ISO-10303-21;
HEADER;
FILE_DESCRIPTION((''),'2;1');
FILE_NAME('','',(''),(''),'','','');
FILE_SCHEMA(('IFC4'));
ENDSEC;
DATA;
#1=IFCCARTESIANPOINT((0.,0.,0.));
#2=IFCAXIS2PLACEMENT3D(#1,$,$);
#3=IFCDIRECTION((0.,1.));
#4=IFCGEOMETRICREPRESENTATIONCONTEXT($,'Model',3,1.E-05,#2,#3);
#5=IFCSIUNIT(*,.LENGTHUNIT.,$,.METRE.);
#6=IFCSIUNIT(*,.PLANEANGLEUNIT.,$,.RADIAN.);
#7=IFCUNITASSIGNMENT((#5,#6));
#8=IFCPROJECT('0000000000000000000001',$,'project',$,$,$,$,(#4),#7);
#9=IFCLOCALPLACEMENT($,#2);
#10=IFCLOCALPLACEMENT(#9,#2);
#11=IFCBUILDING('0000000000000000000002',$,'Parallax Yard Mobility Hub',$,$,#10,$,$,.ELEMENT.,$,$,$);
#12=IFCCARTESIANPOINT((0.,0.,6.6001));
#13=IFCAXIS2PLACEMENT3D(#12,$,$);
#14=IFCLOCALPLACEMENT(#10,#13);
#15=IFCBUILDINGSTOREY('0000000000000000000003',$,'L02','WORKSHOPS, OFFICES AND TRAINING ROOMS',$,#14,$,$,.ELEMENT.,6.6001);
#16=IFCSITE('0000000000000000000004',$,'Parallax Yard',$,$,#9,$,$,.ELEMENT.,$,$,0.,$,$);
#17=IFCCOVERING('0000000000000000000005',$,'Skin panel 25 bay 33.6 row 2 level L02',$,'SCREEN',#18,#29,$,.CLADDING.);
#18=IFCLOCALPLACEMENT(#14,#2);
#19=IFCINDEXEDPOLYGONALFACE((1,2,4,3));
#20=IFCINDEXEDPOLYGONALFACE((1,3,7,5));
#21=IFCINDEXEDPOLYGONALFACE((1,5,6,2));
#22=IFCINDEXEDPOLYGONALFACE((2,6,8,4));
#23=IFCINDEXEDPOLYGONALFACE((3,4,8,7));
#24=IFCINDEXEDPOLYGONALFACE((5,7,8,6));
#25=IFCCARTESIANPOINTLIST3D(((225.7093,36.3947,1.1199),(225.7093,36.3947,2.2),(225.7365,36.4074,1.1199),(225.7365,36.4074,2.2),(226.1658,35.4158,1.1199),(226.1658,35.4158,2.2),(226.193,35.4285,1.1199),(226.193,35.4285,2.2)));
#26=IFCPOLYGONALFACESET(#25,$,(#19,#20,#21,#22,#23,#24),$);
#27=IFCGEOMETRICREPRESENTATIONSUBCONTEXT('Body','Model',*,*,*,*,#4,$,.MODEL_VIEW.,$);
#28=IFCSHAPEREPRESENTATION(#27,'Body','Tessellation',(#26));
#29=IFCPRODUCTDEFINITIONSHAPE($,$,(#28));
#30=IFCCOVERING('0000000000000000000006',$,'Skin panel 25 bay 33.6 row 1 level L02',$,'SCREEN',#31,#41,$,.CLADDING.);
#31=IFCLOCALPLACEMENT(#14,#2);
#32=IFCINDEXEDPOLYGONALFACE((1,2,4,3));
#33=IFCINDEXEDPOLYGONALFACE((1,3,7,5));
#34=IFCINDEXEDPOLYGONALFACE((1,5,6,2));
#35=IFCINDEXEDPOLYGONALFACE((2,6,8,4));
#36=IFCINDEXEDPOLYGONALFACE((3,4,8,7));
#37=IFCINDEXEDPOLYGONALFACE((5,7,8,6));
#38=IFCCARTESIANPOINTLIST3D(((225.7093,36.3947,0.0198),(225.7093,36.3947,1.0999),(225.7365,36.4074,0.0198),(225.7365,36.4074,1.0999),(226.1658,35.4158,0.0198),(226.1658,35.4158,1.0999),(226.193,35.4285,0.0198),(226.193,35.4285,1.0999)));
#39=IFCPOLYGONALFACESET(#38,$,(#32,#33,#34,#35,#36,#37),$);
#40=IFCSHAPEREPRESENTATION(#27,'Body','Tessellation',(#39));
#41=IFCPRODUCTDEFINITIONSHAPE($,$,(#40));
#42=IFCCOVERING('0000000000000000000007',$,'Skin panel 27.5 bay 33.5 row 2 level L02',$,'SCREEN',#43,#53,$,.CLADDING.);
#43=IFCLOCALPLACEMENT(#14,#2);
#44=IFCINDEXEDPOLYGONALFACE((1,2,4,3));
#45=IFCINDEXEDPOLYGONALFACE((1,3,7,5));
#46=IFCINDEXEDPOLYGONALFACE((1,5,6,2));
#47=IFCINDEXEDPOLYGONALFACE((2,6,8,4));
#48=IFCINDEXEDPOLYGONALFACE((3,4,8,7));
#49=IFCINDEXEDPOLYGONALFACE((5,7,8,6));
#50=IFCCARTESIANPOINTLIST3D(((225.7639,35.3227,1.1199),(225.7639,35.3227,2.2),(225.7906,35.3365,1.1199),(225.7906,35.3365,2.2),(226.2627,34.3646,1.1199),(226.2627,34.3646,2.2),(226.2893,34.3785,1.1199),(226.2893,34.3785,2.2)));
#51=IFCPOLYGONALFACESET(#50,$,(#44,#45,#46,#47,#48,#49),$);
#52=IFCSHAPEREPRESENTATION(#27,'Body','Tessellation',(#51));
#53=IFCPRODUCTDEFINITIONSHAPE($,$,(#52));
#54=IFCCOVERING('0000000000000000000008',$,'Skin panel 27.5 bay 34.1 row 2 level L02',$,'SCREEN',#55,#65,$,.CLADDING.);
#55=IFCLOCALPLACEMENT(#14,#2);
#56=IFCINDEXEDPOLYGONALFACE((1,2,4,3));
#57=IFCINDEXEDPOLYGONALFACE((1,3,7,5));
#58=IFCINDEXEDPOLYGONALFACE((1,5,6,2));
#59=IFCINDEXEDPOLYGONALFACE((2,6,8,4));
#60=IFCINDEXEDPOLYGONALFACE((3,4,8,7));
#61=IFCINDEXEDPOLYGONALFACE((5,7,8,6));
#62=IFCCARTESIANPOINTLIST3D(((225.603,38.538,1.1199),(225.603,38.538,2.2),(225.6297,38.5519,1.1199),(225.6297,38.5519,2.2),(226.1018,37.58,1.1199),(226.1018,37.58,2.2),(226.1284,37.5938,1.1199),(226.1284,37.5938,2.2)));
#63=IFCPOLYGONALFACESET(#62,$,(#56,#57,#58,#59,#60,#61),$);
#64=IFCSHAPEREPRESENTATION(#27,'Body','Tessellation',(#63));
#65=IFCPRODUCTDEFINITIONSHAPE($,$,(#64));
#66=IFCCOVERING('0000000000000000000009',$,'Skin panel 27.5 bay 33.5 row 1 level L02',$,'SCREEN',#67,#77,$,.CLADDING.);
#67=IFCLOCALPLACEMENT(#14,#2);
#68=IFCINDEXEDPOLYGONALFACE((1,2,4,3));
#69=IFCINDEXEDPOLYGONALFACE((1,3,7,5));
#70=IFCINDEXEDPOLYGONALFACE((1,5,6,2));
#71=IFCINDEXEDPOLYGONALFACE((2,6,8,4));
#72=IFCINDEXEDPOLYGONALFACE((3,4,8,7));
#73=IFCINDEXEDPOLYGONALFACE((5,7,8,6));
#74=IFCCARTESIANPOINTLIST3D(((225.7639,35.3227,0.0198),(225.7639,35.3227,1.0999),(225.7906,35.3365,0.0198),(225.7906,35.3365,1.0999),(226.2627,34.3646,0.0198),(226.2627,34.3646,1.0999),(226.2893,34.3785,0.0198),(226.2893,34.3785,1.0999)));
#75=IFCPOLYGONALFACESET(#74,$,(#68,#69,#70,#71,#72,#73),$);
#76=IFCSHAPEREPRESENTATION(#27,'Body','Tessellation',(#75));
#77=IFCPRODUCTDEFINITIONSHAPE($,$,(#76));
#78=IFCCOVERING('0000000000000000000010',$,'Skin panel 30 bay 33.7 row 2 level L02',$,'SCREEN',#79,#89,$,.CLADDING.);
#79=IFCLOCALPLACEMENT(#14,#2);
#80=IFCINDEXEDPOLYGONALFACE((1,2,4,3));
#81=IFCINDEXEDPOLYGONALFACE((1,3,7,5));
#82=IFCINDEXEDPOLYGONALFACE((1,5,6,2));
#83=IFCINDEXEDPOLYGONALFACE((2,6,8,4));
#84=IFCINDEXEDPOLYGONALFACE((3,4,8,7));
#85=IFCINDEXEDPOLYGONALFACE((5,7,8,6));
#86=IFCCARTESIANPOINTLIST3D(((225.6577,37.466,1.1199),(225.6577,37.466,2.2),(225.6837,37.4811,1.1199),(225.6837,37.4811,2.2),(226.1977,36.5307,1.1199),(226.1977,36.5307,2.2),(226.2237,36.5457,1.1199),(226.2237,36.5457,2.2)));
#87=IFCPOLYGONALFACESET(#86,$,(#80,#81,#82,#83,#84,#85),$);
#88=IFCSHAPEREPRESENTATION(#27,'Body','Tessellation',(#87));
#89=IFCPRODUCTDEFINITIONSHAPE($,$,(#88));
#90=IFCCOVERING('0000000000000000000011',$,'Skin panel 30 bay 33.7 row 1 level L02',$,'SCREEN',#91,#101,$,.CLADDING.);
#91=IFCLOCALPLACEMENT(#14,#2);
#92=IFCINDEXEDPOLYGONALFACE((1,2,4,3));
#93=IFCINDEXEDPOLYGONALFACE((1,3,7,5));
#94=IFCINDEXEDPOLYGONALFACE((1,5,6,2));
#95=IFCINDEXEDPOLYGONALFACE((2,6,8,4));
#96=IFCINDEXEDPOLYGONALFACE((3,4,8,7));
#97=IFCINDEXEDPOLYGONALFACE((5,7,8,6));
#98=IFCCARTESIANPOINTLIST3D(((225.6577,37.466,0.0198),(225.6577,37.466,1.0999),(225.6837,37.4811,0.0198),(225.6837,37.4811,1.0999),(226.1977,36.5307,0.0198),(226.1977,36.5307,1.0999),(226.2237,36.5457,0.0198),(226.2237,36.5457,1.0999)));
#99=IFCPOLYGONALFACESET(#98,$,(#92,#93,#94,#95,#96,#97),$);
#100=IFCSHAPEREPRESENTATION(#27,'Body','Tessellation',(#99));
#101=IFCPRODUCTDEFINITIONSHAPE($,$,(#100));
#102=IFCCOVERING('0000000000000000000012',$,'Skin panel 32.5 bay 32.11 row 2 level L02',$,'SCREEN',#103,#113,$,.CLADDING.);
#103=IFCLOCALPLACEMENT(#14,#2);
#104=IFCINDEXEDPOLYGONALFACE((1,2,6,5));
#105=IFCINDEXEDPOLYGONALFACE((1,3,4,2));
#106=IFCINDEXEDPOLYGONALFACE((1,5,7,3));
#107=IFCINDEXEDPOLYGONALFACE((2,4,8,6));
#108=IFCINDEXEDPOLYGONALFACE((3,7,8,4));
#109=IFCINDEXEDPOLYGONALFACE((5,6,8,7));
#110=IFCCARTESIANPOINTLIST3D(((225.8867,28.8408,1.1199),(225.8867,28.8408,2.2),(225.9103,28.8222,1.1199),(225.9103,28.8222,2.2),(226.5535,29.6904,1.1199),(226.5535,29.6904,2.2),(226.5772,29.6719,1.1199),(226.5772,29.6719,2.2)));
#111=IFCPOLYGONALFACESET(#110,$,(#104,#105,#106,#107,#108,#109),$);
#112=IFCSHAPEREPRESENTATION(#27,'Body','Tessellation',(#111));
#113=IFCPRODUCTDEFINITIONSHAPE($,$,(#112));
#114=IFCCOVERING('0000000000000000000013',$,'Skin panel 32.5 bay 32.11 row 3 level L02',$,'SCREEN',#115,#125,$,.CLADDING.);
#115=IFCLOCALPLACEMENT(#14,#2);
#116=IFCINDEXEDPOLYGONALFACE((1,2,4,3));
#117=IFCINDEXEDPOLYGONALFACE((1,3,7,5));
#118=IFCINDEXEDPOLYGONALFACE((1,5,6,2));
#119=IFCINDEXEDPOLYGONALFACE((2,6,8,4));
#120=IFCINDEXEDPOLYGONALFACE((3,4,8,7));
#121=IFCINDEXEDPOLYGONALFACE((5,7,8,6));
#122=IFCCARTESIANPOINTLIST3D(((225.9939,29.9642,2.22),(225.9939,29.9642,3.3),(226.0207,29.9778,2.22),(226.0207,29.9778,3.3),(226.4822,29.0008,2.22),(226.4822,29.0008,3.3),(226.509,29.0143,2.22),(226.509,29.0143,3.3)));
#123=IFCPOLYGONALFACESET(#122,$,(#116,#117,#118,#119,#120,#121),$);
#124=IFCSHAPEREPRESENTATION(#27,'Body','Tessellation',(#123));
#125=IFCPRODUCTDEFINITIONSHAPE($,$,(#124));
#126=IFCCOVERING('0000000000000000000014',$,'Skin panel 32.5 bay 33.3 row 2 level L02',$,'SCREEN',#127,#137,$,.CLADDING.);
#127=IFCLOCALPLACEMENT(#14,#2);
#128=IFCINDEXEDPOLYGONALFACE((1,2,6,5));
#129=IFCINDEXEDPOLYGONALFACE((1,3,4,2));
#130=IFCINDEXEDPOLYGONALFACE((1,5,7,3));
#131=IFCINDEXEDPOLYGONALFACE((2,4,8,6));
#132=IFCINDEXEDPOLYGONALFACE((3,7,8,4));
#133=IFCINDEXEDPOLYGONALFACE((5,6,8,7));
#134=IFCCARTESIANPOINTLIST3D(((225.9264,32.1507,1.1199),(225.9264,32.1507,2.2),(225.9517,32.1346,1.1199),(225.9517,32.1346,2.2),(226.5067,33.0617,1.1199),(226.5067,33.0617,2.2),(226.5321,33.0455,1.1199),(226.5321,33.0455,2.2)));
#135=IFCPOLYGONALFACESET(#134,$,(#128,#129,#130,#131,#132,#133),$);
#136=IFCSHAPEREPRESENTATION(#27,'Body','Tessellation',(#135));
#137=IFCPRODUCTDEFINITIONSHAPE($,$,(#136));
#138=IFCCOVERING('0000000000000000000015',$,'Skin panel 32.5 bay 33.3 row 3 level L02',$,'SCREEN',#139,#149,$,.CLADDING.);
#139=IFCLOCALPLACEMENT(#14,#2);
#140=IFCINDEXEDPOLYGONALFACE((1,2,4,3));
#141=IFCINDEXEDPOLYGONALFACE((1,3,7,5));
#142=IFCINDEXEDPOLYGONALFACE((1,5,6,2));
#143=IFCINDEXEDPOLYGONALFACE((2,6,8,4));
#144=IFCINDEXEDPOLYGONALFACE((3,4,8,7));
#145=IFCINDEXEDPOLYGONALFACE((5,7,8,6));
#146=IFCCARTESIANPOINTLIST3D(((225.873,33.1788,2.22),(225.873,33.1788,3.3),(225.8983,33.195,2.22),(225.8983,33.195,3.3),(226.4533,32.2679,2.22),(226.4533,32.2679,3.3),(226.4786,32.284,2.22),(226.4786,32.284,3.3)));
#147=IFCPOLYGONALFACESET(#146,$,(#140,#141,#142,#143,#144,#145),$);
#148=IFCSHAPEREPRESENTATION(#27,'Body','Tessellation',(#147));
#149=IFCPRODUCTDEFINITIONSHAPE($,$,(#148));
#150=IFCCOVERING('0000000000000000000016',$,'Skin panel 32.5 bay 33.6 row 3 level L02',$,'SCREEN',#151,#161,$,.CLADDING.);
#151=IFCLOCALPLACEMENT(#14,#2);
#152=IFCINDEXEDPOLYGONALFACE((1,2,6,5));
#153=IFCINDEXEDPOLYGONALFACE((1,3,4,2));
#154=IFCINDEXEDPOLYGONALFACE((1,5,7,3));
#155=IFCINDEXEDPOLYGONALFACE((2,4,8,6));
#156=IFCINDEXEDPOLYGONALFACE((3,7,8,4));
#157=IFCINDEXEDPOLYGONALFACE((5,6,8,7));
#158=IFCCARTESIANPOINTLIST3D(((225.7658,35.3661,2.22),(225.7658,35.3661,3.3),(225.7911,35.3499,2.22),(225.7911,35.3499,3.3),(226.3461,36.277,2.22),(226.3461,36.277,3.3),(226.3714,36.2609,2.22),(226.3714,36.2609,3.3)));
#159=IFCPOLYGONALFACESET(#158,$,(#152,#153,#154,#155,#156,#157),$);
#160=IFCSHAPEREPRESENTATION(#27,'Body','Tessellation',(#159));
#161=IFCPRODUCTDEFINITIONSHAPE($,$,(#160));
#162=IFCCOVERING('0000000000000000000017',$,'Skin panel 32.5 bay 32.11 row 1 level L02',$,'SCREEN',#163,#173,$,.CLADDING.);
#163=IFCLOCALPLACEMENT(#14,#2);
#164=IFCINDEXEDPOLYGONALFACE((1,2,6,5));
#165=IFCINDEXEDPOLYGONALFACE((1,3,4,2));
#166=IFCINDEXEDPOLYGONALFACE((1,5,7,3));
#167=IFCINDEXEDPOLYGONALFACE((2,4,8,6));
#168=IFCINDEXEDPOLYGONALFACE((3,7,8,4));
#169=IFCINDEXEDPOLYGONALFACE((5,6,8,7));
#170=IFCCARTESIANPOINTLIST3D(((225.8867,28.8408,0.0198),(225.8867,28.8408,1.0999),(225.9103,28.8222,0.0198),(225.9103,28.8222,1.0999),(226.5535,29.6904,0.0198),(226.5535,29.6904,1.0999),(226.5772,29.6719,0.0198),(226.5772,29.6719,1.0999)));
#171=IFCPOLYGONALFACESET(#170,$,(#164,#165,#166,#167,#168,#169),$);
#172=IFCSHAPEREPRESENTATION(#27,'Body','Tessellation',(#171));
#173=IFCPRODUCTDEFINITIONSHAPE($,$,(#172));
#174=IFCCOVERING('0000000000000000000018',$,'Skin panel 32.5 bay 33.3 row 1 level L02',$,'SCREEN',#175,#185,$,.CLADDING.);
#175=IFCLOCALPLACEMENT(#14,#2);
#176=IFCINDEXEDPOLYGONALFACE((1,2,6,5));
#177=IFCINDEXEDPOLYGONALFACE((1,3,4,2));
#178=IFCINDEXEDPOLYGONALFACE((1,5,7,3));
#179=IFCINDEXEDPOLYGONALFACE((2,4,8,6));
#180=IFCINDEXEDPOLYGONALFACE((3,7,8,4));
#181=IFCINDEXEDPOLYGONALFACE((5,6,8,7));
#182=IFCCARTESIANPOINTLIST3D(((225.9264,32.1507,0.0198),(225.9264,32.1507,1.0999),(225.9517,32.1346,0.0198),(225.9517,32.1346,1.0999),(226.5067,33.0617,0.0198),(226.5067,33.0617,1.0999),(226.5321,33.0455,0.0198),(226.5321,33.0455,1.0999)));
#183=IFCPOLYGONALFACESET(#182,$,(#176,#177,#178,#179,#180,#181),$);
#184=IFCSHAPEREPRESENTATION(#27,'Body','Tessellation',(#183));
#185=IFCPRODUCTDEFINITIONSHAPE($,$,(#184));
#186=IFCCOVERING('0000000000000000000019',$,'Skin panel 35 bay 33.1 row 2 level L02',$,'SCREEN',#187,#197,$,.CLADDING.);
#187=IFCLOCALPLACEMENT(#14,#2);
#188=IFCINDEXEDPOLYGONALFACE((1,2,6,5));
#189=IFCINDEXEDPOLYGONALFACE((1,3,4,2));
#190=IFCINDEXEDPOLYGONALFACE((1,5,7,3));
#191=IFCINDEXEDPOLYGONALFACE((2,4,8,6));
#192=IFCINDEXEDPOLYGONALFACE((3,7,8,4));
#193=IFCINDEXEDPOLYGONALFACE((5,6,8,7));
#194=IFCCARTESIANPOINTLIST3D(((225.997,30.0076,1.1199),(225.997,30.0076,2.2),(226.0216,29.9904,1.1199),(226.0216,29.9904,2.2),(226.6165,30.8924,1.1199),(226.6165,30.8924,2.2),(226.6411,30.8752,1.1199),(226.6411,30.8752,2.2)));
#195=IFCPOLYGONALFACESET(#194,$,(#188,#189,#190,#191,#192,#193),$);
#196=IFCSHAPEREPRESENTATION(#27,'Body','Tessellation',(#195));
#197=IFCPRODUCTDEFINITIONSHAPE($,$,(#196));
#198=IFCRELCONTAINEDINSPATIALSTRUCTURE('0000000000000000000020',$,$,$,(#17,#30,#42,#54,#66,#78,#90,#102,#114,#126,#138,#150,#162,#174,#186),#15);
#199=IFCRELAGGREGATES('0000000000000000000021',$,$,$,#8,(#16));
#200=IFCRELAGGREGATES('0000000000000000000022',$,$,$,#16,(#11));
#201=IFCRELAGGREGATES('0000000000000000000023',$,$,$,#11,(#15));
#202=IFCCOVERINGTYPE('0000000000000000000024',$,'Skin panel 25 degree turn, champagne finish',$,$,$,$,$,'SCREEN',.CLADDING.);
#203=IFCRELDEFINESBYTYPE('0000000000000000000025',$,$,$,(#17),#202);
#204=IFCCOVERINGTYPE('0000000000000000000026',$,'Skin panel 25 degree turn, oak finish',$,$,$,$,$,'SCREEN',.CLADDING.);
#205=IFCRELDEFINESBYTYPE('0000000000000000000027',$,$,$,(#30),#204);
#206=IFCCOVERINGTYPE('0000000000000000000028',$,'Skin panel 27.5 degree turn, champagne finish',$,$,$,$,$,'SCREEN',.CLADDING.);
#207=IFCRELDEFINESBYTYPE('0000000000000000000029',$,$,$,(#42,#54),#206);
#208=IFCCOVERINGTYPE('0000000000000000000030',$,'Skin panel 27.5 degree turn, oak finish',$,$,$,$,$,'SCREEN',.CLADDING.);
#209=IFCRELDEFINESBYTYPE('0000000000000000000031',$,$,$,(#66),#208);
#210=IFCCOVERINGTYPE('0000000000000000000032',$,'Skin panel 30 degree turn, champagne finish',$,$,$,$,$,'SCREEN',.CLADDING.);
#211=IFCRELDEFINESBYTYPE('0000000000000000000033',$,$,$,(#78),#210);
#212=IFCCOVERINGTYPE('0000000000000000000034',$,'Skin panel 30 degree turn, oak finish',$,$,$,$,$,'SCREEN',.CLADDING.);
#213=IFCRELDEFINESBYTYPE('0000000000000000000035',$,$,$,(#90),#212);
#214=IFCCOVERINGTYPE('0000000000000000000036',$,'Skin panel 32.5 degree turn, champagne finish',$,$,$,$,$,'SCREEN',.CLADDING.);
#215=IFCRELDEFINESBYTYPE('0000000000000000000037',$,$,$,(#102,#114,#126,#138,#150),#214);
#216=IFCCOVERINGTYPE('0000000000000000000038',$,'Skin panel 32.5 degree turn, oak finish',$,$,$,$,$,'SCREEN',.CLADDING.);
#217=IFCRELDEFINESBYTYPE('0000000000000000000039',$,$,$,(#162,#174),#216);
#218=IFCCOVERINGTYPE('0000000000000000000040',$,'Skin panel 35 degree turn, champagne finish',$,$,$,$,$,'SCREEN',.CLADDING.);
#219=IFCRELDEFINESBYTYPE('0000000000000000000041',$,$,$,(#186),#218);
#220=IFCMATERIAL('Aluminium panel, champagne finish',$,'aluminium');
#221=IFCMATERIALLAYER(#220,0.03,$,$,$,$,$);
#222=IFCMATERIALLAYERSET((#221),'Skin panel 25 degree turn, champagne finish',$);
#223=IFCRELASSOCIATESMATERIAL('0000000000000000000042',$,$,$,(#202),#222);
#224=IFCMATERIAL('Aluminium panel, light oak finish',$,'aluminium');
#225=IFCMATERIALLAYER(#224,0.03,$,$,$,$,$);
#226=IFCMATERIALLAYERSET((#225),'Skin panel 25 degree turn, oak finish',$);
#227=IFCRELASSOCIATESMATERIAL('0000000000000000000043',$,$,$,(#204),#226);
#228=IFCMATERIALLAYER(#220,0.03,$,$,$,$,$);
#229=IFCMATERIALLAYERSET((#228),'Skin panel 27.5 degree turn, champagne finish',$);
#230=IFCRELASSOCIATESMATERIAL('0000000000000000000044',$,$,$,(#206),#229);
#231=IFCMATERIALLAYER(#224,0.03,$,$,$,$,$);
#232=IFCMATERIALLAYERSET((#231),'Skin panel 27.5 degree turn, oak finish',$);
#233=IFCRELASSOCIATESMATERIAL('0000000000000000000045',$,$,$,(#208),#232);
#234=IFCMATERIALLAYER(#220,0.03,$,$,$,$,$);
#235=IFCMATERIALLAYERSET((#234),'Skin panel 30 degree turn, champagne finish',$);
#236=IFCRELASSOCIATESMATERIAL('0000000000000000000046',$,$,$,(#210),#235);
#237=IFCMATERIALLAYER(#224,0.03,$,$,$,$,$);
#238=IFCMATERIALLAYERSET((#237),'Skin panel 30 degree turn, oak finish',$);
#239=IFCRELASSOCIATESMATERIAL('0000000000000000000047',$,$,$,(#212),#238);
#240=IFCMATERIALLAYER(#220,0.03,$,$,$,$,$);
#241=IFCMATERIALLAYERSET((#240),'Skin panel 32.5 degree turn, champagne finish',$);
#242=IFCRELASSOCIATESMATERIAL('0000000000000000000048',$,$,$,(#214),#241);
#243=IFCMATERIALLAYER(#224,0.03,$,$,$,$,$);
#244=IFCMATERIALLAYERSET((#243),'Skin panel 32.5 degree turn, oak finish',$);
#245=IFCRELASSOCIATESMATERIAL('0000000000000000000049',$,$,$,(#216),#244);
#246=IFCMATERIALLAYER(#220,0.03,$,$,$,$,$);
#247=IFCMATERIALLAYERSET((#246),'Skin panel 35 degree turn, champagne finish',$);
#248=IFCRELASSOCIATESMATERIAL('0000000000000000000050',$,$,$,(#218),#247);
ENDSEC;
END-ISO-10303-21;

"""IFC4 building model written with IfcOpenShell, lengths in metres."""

from ifc_helpers import new_model, si_unit, direction, frame, origin, origin_2d, place, context, subcontext, project, spatial, rectangle, extrude, material, layer, layer_set, type_object, element, save


model = new_model("IFC4")

# Units and contexts
model_context = context("Model", 3, precision=1e-05, world=origin(), true_north=direction((0.0, 1.0)))
body_context = subcontext(model_context, "Body", "Model", "MODEL_VIEW")
ifc_project = project(units=[si_unit("LENGTHUNIT", "METRE"), si_unit("PLANEANGLEUNIT", "RADIAN")], contexts=[model_context])

# Site, building, storey
site_placement = place(None, origin())
site = spatial("IfcSite", under=ifc_project, at=site_placement, Name="Parallax Yard", CompositionType="ELEMENT", RefElevation=0.0)
building_placement = place(site_placement, origin())
building = spatial("IfcBuilding", under=site, at=building_placement, Name="Parallax Yard Mobility Hub", CompositionType="ELEMENT")
storey_placement = place(building_placement, frame((0.0, 0.0, 6.6001)))
storey = spatial("IfcBuildingStorey", under=building, at=storey_placement, Name="L02", Description="WORKSHOPS, OFFICES AND TRAINING ROOMS", CompositionType="ELEMENT", Elevation=6.6001)

# Coverings
ifc_material_1 = material(Name="Aluminium panel, champagne finish", Category="aluminium")
ifc_layer_1 = layer(ifc_material_1, 0.03)
ifc_layer_set_1 = layer_set([ifc_layer_1], Name="Skin panel 25 degree turn, champagne finish")
covering_type_1 = type_object("IfcCoveringType", Name="Skin panel 25 degree turn, champagne finish", ElementType="SCREEN", PredefinedType="CLADDING", material=ifc_layer_set_1)
covering_1_placement = place(storey_placement, frame((225.9512, 35.9116, 1.1199), z_axis=(0.0, 0.0, 1.0), x_axis=(0.422618, -0.906308, 0.0)))
element("IfcCovering", 1, at=covering_1_placement, inside=storey, type_object=covering_type_1, Name="Skin panel 25 bay 33.6 row 2 level L02", ObjectType="SCREEN", PredefinedType="CLADDING", context=body_context, shape_type="SweptSolid", body=[
    extrude(rectangle(XDim=1.0801, YDim=0.03, at=origin_2d()), origin(), (0.0, 0.0, 1.0), 1.0801),
])
ifc_material_2 = material(Name="Aluminium panel, light oak finish", Category="aluminium")
ifc_layer_2 = layer(ifc_material_2, 0.03)
ifc_layer_set_2 = layer_set([ifc_layer_2], Name="Skin panel 25 degree turn, oak finish")
covering_type_2 = type_object("IfcCoveringType", Name="Skin panel 25 degree turn, oak finish", ElementType="SCREEN", PredefinedType="CLADDING", material=ifc_layer_set_2)
covering_2_placement = place(storey_placement, frame((225.9512, 35.9116, 0.0198), z_axis=(0.0, 0.0, 1.0), x_axis=(0.422618, -0.906308, 0.0)))
element("IfcCovering", 2, at=covering_2_placement, inside=storey, type_object=covering_type_2, Name="Skin panel 25 bay 33.6 row 1 level L02", ObjectType="SCREEN", PredefinedType="CLADDING", context=body_context, shape_type="SweptSolid", body=[
    extrude(rectangle(XDim=1.0801, YDim=0.03, at=origin_2d()), origin(), (0.0, 0.0, 1.0), 1.0801),
])
ifc_layer_3 = layer(ifc_material_1, 0.03)
ifc_layer_set_3 = layer_set([ifc_layer_3], Name="Skin panel 27.5 degree turn, champagne finish")
covering_type_3 = type_object("IfcCoveringType", Name="Skin panel 27.5 degree turn, champagne finish", ElementType="SCREEN", PredefinedType="CLADDING", material=ifc_layer_set_3)
for number, where, z_axis, x_axis, name in (
    (3, (226.0266, 34.8506, 1.1199), (0.0, 0.0, 1.0), (0.461749, -0.887011, 0.0), "Skin panel 27.5 bay 33.5 row 2 level L02"),
    (4, (225.8657, 38.0659, 1.1199), (0.0, 0.0, 1.0), (0.461749, -0.887011, 0.0), "Skin panel 27.5 bay 34.1 row 2 level L02"),
):
    element("IfcCovering", number, at=place(storey_placement, frame(where, z_axis=z_axis, x_axis=x_axis)), inside=storey, type_object=covering_type_3, Name=name, ObjectType="SCREEN", PredefinedType="CLADDING", context=body_context, shape_type="SweptSolid", body=[
        extrude(rectangle(XDim=1.0801, YDim=0.03, at=origin_2d()), origin(), (0.0, 0.0, 1.0), 1.0801),
    ])
ifc_layer_4 = layer(ifc_material_2, 0.03)
ifc_layer_set_4 = layer_set([ifc_layer_4], Name="Skin panel 27.5 degree turn, oak finish")
covering_type_4 = type_object("IfcCoveringType", Name="Skin panel 27.5 degree turn, oak finish", ElementType="SCREEN", PredefinedType="CLADDING", material=ifc_layer_set_4)
covering_3_placement = place(storey_placement, frame((226.0266, 34.8506, 0.0198), z_axis=(0.0, 0.0, 1.0), x_axis=(0.461749, -0.887011, 0.0)))
element("IfcCovering", 5, at=covering_3_placement, inside=storey, type_object=covering_type_4, Name="Skin panel 27.5 bay 33.5 row 1 level L02", ObjectType="SCREEN", PredefinedType="CLADDING", context=body_context, shape_type="SweptSolid", body=[
    extrude(rectangle(XDim=1.0801, YDim=0.03, at=origin_2d()), origin(), (0.0, 0.0, 1.0), 1.0801),
])
ifc_layer_5 = layer(ifc_material_1, 0.03)
ifc_layer_set_5 = layer_set([ifc_layer_5], Name="Skin panel 30 degree turn, champagne finish")
covering_type_5 = type_object("IfcCoveringType", Name="Skin panel 30 degree turn, champagne finish", ElementType="SCREEN", PredefinedType="CLADDING", material=ifc_layer_set_5)
covering_4_placement = place(storey_placement, frame((225.9407, 37.0059, 1.1199), z_axis=(0.0, 0.0, 1.0), x_axis=(0.5, -0.866025, 0.0)))
element("IfcCovering", 6, at=covering_4_placement, inside=storey, type_object=covering_type_5, Name="Skin panel 30 bay 33.7 row 2 level L02", ObjectType="SCREEN", PredefinedType="CLADDING", context=body_context, shape_type="SweptSolid", body=[
    extrude(rectangle(XDim=1.0801, YDim=0.03, at=origin_2d()), origin(), (0.0, 0.0, 1.0), 1.0801),
])
ifc_layer_6 = layer(ifc_material_2, 0.03)
ifc_layer_set_6 = layer_set([ifc_layer_6], Name="Skin panel 30 degree turn, oak finish")
covering_type_6 = type_object("IfcCoveringType", Name="Skin panel 30 degree turn, oak finish", ElementType="SCREEN", PredefinedType="CLADDING", material=ifc_layer_set_6)
covering_5_placement = place(storey_placement, frame((225.9407, 37.0059, 0.0198), z_axis=(0.0, 0.0, 1.0), x_axis=(0.5, -0.866025, 0.0)))
element("IfcCovering", 7, at=covering_5_placement, inside=storey, type_object=covering_type_6, Name="Skin panel 30 bay 33.7 row 1 level L02", ObjectType="SCREEN", PredefinedType="CLADDING", context=body_context, shape_type="SweptSolid", body=[
    extrude(rectangle(XDim=1.0801, YDim=0.03, at=origin_2d()), origin(), (0.0, 0.0, 1.0), 1.0801),
])
ifc_layer_7 = layer(ifc_material_1, 0.03)
ifc_layer_set_7 = layer_set([ifc_layer_7], Name="Skin panel 32.5 degree turn, champagne finish")
covering_type_7 = type_object("IfcCoveringType", Name="Skin panel 32.5 degree turn, champagne finish", ElementType="SCREEN", PredefinedType="CLADDING", material=ifc_layer_set_7)
for number, where, z_axis, x_axis, name in (
    (8, (226.2319, 29.2563, 1.1199), (0.0, 0.0, 1.0), (0.617379, 0.786666, 0.0), "Skin panel 32.5 bay 32.11 row 2 level L02"),
    (9, (226.2515, 29.4893, 2.22), (0.0, 0.0, 1.0), (0.452046, -0.891995, 0.0), "Skin panel 32.5 bay 32.11 row 3 level L02"),
    (10, (226.2292, 32.5981, 1.1199), (0.0, 0.0, 1.0), (0.5373, 0.843391, 0.0), "Skin panel 32.5 bay 33.3 row 2 level L02"),
    (11, (226.1758, 32.7314, 2.22), (0.0, 0.0, 1.0), (0.5373, -0.843391, 0.0), "Skin panel 32.5 bay 33.3 row 3 level L02"),
    (12, (226.0686, 35.8135, 2.22), (0.0, 0.0, 1.0), (0.5373, 0.843391, 0.0), "Skin panel 32.5 bay 33.6 row 3 level L02"),
):
    element("IfcCovering", number, at=place(storey_placement, frame(where, z_axis=z_axis, x_axis=x_axis)), inside=storey, type_object=covering_type_7, Name=name, ObjectType="SCREEN", PredefinedType="CLADDING", context=body_context, shape_type="SweptSolid", body=[
        extrude(rectangle(XDim=1.0801, YDim=0.03, at=origin_2d()), origin(), (0.0, 0.0, 1.0), 1.0801),
    ])
ifc_layer_8 = layer(ifc_material_2, 0.03)
ifc_layer_set_8 = layer_set([ifc_layer_8], Name="Skin panel 32.5 degree turn, oak finish")
covering_type_8 = type_object("IfcCoveringType", Name="Skin panel 32.5 degree turn, oak finish", ElementType="SCREEN", PredefinedType="CLADDING", material=ifc_layer_set_8)
for number, where, z_axis, x_axis, name in (
    (13, (226.2319, 29.2563, 0.0198), (0.0, 0.0, 1.0), (0.617379, 0.786666, 0.0), "Skin panel 32.5 bay 32.11 row 1 level L02"),
    (14, (226.2292, 32.5981, 0.0198), (0.0, 0.0, 1.0), (0.5373, 0.843391, 0.0), "Skin panel 32.5 bay 33.3 row 1 level L02"),
):
    element("IfcCovering", number, at=place(storey_placement, frame(where, z_axis=z_axis, x_axis=x_axis)), inside=storey, type_object=covering_type_8, Name=name, ObjectType="SCREEN", PredefinedType="CLADDING", context=body_context, shape_type="SweptSolid", body=[
        extrude(rectangle(XDim=1.0801, YDim=0.03, at=origin_2d()), origin(), (0.0, 0.0, 1.0), 1.0801),
    ])
ifc_layer_9 = layer(ifc_material_1, 0.03)
ifc_layer_set_9 = layer_set([ifc_layer_9], Name="Skin panel 35 degree turn, champagne finish")
covering_type_9 = type_object("IfcCoveringType", Name="Skin panel 35 degree turn, champagne finish", ElementType="SCREEN", PredefinedType="CLADDING", material=ifc_layer_set_9)
for number, where, z_axis, x_axis, name in (
    (15, (226.3191, 30.4414, 1.1199), (0.0, 0.0, 1.0), (0.573576, 0.819152, 0.0), "Skin panel 35 bay 33.1 row 2 level L02"),
):
    element("IfcCovering", number, at=place(storey_placement, frame(where, z_axis=z_axis, x_axis=x_axis)), inside=storey, type_object=covering_type_9, Name=name, ObjectType="SCREEN", PredefinedType="CLADDING", context=body_context, shape_type="SweptSolid", body=[
        extrude(rectangle(XDim=1.0801, YDim=0.03, at=origin_2d()), origin(), (0.0, 0.0, 1.0), 1.0801),
    ])

save(model, "model.ifc")
